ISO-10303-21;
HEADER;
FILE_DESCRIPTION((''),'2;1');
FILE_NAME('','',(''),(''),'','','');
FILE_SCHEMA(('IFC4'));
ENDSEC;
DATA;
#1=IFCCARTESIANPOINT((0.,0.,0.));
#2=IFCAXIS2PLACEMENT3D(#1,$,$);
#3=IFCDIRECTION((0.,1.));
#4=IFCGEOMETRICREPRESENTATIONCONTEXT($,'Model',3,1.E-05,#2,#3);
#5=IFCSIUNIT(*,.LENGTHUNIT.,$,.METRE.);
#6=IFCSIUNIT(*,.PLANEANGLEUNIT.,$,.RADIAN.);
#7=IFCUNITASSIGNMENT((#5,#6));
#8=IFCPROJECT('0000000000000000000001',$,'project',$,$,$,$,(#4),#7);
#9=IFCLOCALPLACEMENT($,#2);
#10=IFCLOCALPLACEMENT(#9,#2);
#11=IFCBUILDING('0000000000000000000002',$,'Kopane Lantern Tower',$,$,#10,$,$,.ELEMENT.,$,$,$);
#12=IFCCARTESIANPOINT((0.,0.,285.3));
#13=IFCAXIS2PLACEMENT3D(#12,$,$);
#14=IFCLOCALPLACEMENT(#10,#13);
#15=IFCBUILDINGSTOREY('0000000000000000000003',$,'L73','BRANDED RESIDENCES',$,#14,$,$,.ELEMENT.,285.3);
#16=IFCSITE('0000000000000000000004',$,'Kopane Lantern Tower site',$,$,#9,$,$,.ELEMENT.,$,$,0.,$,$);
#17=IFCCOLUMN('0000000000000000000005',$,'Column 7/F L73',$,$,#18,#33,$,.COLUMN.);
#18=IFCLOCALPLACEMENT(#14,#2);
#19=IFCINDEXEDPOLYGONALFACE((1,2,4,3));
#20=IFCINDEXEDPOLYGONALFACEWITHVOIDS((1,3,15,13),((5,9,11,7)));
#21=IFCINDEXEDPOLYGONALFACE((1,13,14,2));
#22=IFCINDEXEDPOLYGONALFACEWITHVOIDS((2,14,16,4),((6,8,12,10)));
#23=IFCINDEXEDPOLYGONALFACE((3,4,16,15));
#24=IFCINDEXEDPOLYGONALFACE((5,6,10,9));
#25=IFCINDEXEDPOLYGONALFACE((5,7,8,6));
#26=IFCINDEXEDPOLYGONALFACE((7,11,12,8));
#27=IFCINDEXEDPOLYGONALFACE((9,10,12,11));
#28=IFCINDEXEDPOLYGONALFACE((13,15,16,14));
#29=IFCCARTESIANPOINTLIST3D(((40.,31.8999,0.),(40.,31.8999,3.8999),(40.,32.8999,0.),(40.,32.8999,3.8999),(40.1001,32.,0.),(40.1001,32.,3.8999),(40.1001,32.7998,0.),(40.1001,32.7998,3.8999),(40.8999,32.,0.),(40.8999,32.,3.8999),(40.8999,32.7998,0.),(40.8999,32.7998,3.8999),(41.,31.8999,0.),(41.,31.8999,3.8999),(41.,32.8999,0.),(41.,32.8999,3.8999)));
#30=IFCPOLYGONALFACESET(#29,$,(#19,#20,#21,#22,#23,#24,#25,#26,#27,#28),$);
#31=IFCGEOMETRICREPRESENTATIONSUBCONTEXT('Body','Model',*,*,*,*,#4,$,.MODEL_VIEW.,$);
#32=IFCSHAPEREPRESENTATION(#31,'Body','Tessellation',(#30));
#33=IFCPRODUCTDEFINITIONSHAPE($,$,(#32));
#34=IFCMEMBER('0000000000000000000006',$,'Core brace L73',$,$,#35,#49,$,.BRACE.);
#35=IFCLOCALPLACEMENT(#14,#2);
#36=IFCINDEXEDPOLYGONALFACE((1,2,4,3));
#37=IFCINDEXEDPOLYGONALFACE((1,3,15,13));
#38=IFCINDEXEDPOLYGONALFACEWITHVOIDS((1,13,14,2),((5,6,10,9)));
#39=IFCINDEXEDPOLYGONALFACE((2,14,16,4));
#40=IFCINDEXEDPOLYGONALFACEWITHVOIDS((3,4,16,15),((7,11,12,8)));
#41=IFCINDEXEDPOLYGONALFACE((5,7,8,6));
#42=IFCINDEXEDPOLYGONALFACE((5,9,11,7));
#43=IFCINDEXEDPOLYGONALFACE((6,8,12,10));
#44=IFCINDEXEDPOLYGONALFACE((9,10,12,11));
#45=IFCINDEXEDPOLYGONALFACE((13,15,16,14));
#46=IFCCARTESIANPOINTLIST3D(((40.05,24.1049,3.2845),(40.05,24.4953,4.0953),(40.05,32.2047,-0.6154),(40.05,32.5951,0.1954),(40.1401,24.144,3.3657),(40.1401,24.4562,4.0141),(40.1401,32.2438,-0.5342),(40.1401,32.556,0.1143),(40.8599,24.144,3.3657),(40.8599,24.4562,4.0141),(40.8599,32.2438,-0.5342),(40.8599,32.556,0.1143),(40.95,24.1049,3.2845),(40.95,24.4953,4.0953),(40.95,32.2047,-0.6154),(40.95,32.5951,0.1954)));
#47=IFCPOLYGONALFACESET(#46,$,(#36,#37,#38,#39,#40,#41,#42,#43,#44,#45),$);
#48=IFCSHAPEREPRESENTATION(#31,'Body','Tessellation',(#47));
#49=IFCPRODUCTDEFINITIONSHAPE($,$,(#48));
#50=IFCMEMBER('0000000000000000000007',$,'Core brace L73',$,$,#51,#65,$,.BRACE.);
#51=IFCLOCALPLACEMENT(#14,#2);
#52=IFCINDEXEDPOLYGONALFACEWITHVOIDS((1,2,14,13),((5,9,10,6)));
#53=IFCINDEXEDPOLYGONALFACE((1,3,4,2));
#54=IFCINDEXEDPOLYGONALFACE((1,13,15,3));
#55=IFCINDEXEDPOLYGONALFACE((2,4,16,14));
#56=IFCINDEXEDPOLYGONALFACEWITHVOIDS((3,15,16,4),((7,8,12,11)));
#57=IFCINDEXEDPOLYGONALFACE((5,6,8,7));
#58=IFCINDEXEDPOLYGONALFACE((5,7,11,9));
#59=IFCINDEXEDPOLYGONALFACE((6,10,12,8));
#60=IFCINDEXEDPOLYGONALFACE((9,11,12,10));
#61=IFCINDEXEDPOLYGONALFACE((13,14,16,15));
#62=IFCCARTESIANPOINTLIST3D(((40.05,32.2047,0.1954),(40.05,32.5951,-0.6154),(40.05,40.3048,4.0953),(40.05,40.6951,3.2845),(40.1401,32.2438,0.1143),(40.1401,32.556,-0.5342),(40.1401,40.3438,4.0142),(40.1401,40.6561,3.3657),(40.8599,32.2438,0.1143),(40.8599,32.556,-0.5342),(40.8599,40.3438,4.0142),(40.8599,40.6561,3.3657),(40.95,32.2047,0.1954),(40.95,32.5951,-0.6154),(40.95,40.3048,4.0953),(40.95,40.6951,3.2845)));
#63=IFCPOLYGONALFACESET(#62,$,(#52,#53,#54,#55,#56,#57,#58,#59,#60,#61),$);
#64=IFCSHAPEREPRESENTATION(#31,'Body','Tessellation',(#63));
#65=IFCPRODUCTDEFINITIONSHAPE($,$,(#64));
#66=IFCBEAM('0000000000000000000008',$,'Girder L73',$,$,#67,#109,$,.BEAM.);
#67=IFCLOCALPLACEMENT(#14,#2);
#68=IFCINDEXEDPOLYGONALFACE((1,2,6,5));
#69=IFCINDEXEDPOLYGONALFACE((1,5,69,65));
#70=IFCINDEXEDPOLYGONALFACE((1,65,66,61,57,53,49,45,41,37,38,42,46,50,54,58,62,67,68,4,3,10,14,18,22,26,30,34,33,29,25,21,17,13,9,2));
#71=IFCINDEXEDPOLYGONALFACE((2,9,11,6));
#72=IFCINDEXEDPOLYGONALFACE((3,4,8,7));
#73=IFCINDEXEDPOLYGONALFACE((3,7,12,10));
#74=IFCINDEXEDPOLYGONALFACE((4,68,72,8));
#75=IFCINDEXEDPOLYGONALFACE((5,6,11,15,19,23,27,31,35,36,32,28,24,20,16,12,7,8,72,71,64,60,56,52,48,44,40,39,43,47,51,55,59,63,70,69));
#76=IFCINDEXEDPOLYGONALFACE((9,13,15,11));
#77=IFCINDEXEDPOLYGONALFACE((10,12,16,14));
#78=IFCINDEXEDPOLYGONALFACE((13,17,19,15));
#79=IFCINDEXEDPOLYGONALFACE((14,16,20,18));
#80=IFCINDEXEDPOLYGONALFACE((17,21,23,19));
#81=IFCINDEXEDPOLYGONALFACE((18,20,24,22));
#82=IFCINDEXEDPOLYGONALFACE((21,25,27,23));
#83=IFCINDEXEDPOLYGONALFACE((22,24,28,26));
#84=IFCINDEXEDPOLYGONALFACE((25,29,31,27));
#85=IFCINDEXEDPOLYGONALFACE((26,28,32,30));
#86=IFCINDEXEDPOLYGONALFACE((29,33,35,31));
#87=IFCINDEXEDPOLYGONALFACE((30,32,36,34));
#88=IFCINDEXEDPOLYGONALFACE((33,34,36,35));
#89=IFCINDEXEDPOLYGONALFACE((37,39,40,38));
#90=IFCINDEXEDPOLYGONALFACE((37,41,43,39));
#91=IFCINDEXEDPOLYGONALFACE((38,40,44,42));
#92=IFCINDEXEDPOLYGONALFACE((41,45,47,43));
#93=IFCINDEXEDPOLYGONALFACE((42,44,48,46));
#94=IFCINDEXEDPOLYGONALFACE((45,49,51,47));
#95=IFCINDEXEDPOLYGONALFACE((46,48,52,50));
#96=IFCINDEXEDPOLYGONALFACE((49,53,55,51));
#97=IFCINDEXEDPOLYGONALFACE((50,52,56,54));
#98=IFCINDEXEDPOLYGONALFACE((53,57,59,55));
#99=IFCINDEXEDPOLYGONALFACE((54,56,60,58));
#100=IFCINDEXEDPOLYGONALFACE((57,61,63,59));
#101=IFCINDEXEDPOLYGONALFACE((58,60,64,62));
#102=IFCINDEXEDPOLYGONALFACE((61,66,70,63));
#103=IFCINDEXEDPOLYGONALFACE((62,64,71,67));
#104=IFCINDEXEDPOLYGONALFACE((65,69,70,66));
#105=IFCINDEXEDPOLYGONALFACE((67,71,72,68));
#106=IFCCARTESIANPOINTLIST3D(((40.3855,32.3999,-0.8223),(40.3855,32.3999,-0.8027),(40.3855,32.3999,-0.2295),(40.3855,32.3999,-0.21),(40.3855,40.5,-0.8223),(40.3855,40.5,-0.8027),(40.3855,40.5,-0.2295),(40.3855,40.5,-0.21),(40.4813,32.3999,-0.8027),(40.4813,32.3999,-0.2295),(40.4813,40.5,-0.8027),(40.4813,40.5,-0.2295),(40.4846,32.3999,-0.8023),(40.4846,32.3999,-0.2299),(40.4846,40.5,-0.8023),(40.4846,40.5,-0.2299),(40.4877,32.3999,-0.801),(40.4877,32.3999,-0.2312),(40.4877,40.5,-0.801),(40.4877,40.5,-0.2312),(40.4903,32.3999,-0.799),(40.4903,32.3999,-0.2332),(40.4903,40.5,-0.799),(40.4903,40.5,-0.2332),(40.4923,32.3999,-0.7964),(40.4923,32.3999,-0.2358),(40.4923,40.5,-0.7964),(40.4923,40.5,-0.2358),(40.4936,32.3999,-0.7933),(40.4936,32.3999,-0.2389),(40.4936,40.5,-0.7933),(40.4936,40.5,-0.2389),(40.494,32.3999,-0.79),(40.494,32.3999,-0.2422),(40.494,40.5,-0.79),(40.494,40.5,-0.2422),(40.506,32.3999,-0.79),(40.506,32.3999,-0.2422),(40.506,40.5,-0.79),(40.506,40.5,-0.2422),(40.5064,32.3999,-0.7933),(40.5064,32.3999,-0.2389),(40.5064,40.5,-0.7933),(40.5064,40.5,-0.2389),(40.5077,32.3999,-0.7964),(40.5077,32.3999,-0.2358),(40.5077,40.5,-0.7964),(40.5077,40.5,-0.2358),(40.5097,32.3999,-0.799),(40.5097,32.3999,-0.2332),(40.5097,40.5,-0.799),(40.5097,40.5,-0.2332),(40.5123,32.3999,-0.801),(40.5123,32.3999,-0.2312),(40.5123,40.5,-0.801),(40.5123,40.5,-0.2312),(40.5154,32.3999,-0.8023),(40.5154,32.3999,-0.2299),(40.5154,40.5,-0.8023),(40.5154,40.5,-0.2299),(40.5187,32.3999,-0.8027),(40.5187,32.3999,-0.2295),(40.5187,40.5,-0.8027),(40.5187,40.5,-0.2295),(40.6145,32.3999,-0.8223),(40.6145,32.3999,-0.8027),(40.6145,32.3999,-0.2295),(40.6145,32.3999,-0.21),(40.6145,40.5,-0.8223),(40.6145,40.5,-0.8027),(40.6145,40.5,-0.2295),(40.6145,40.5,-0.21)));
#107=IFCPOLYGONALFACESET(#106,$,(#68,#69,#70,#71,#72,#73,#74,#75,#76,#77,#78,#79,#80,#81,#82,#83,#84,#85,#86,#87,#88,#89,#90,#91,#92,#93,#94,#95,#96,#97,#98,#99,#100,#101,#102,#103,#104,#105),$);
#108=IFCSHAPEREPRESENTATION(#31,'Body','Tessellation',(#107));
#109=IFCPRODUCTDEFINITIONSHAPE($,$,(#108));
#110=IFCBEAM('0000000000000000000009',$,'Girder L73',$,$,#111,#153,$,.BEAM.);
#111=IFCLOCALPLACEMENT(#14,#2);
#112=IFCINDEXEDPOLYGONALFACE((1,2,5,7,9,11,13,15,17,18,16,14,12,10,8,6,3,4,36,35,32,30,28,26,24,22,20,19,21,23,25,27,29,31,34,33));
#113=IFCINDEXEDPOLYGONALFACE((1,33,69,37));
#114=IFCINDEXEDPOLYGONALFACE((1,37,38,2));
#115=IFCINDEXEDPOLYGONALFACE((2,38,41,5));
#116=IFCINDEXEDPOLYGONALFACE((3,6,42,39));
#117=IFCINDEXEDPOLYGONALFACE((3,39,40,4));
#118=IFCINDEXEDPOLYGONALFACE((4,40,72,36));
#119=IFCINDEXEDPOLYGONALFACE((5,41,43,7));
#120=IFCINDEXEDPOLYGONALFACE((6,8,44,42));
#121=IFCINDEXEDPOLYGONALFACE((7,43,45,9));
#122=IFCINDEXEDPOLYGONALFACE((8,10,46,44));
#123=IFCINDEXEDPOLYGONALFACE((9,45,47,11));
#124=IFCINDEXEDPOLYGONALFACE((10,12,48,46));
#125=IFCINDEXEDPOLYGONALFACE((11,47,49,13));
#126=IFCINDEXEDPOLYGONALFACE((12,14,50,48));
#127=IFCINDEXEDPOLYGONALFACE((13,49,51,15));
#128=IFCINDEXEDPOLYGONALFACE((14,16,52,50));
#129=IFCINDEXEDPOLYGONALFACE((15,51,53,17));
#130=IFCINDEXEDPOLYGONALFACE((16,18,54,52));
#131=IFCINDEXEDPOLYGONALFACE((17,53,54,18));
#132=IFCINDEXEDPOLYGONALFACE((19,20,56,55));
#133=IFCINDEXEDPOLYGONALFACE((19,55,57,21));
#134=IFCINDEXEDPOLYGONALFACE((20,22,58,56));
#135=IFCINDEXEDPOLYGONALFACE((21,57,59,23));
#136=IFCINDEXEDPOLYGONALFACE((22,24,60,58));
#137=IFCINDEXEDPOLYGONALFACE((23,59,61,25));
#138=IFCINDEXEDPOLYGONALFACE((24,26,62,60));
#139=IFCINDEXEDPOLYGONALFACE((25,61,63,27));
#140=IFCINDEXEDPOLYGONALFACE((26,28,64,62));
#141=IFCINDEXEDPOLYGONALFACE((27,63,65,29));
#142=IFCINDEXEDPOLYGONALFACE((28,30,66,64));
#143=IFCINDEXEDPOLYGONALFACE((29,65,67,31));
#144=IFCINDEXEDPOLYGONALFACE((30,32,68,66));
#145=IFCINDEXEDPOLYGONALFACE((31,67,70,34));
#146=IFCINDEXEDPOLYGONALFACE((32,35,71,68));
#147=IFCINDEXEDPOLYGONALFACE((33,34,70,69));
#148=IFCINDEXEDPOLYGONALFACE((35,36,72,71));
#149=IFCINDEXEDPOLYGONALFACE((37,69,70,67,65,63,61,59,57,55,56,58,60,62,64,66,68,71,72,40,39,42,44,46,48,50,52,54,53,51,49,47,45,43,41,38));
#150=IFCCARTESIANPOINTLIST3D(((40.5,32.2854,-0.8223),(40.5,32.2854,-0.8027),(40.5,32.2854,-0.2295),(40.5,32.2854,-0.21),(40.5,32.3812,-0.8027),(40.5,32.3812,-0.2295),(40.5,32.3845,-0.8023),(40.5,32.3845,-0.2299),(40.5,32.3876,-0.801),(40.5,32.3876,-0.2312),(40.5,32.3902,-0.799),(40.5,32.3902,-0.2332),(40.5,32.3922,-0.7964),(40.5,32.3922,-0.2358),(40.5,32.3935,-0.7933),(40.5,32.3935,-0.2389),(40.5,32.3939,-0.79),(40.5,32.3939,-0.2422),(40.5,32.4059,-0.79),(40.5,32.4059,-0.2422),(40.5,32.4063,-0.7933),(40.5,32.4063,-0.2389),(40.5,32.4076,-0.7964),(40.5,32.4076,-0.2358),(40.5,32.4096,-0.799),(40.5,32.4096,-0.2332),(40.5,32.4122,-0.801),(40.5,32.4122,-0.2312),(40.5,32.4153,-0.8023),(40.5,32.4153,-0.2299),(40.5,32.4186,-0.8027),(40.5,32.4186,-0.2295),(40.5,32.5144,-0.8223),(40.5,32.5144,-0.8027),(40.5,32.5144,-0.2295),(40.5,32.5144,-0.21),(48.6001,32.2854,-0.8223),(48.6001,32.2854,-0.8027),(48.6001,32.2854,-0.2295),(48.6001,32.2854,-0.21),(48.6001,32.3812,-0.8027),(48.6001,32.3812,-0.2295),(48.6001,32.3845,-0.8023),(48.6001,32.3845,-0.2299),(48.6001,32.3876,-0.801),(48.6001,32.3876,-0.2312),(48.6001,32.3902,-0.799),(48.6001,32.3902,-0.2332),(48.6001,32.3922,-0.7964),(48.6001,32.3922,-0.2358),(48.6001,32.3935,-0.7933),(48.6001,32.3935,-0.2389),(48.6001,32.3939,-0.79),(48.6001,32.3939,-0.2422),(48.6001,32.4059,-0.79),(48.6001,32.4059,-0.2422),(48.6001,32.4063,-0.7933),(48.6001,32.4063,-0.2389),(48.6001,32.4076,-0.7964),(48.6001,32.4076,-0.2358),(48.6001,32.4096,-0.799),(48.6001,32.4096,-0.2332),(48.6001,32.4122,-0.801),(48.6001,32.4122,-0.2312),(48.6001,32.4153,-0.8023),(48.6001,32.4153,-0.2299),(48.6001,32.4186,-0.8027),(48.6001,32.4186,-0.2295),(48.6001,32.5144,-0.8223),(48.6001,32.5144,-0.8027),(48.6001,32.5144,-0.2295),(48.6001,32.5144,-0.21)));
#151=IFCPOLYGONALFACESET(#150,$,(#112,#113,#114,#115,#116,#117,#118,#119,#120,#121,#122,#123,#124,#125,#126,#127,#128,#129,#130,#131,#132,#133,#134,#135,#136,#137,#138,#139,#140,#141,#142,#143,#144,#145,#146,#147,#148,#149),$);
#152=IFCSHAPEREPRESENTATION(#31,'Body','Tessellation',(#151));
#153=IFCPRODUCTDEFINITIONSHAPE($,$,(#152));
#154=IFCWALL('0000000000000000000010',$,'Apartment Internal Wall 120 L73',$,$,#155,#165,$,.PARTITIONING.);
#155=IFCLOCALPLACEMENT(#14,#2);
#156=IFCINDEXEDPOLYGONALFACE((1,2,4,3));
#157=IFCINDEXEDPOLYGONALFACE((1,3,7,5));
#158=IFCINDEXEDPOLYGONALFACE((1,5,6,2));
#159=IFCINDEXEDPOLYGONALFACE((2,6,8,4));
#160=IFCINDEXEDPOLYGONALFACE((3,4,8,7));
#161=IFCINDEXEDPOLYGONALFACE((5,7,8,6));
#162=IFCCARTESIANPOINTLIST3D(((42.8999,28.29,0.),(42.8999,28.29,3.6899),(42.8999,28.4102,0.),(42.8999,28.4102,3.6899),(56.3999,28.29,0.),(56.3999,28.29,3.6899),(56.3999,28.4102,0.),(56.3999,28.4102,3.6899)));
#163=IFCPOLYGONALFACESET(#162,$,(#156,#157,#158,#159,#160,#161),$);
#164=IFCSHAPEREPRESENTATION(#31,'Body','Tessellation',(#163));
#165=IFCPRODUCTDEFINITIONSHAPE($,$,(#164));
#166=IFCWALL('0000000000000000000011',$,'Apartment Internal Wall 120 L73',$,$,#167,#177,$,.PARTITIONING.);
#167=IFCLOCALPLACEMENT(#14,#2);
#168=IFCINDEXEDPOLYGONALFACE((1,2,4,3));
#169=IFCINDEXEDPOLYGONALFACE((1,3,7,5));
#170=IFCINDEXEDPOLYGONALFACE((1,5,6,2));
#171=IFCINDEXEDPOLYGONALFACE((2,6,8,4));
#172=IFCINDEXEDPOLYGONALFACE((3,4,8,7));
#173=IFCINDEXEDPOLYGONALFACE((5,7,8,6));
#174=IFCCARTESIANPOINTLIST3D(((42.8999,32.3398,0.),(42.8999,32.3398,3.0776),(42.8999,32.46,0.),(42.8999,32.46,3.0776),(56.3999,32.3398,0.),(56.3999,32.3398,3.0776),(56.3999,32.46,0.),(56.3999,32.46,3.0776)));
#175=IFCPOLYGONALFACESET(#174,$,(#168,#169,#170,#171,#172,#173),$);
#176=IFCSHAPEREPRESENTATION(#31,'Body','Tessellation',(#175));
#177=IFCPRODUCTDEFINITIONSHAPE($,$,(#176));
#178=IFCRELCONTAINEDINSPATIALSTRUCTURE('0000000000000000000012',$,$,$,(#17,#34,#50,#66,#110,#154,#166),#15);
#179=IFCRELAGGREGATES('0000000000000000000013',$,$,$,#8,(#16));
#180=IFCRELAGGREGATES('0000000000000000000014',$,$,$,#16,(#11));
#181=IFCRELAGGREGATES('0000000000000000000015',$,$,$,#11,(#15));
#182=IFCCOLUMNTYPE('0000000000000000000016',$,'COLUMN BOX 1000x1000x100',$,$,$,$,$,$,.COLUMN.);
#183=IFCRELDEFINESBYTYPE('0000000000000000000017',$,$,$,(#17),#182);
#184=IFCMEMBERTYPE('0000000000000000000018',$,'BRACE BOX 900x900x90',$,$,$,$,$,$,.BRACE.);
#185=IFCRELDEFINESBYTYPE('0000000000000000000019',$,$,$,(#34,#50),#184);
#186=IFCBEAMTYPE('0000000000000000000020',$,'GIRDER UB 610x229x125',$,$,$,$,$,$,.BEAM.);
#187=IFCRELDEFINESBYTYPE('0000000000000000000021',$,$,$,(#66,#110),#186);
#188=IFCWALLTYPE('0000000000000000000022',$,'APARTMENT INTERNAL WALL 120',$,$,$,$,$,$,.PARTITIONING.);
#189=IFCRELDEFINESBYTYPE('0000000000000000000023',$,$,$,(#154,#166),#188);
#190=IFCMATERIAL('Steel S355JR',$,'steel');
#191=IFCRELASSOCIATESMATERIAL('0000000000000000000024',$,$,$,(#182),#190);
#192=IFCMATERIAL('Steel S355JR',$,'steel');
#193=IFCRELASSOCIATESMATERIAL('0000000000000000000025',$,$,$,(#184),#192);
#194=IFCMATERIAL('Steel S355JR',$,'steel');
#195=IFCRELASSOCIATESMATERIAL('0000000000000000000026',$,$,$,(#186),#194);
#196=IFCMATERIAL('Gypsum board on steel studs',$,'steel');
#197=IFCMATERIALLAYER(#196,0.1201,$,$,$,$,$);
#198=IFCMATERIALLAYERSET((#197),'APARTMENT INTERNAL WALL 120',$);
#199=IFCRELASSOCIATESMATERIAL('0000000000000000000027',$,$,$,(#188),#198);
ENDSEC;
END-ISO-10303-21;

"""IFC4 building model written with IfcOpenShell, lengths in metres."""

from ifc_helpers import new_model, si_unit, direction, frame, frame_2d, origin, origin_2d, place, context, subcontext, project, spatial, rectangle, hollow_rectangle, i_section, extrude, material, layer, layer_set, material_profile, profile_set, type_object, element, save


model = new_model("IFC4")

# Units and contexts
model_context = context("Model", 3, precision=1e-05, world=origin(), true_north=direction((0.0, 1.0)))
body_context = subcontext(model_context, "Body", "Model", "MODEL_VIEW")
ifc_project = project(units=[si_unit("LENGTHUNIT", "METRE"), si_unit("PLANEANGLEUNIT", "RADIAN")], contexts=[model_context])

# Site, building, storey
site_placement = place(None, origin())
site = spatial("IfcSite", under=ifc_project, at=site_placement, Name="Kopane Lantern Tower site", CompositionType="ELEMENT", RefElevation=0.0)
building_placement = place(site_placement, origin())
building = spatial("IfcBuilding", under=site, at=building_placement, Name="Kopane Lantern Tower", CompositionType="ELEMENT")
storey_placement = place(building_placement, frame((0.0, 0.0, 285.3)))
storey = spatial("IfcBuildingStorey", under=building, at=storey_placement, Name="L73", Description="BRANDED RESIDENCES", CompositionType="ELEMENT", Elevation=285.3)

# Column
ifc_material_1 = material(Name="Steel S355JR", Category="steel")
ifc_material_profile_1 = material_profile(ifc_material_1, hollow_rectangle(XDim=1.0, YDim=1.0, WallThickness=0.1001, at=origin_2d()), Name="BOX 1000x1000x100")
ifc_profile_set_1 = profile_set([ifc_material_profile_1], Name="Steel S355JR")
column_type = type_object("IfcColumnType", Name="COLUMN BOX 1000x1000x100", PredefinedType="COLUMN", material=ifc_profile_set_1)
column_placement = place(storey_placement, frame((40.5, 32.3999, 0.0), z_axis=(0.0, 0.0, 1.0), x_axis=(1.0, 0.0, 0.0)))
element("IfcColumn", 1, at=column_placement, inside=storey, type_object=column_type, Name="Column 7/F L73", PredefinedType="COLUMN", context=body_context, shape_type="SweptSolid", body=[
    extrude(hollow_rectangle(XDim=1.0, YDim=1.0, WallThickness=0.1001, at=origin_2d()), origin(), (0.0, 0.0, 1.0), 3.8999),
])

# Members
ifc_material_2 = material(Name="Steel S355JR", Category="steel")
ifc_material_profile_2 = material_profile(ifc_material_2, hollow_rectangle(XDim=0.8999, YDim=0.8999, WallThickness=0.0901, at=origin_2d()), Name="BOX 900x900x90")
ifc_profile_set_2 = profile_set([ifc_material_profile_2], Name="Steel S355JR")
member_type = type_object("IfcMemberType", Name="BRACE BOX 900x900x90", PredefinedType="BRACE", material=ifc_profile_set_2)
member_1_placement = place(storey_placement, frame((40.5, 32.3999, -0.21), z_axis=(0.0, -0.901003, 0.433813), x_axis=(1.0, 0.0, 0.0)))
element("IfcMember", 2, at=member_1_placement, inside=storey, type_object=member_type, Name="Core brace L73", PredefinedType="BRACE", context=body_context, shape_type="SweptSolid", body=[
    extrude(hollow_rectangle(XDim=0.8999, YDim=0.8999, WallThickness=0.0901, at=origin_2d()), origin(), (0.0, 0.0, 1.0), 8.9897),
])
member_2_placement = place(storey_placement, frame((40.5, 32.3999, -0.21), z_axis=(0.0, 0.901008, 0.433803), x_axis=(-1.0, 0.0, 0.0)))
element("IfcMember", 3, at=member_2_placement, inside=storey, type_object=member_type, Name="Core brace L73", PredefinedType="BRACE", context=body_context, shape_type="SweptSolid", body=[
    extrude(hollow_rectangle(XDim=0.8999, YDim=0.8999, WallThickness=0.0901, at=origin_2d()), origin(), (0.0, 0.0, 1.0), 8.99),
])

# Beams
ifc_material_3 = material(Name="Steel S355JR", Category="steel")
ifc_material_profile_3 = material_profile(ifc_material_3, i_section(OverallWidth=0.229, OverallDepth=0.6123, WebThickness=0.012, FlangeThickness=0.0195, FilletRadius=0.0127, at=origin_2d()), Name="UB 610x229x125")
ifc_profile_set_3 = profile_set([ifc_material_profile_3], Name="Steel S355JR")
beam_type = type_object("IfcBeamType", Name="GIRDER UB 610x229x125", PredefinedType="BEAM", material=ifc_profile_set_3)
for number, where, z_axis, x_axis, name in (
    (4, (40.5, 32.3999, -0.5161), (0.0, 1.0, 0.0), (-1.0, 0.0, 0.0), "Girder L73"),
    (5, (40.5, 32.3999, -0.5161), (1.0, 0.0, 0.0), (0.0, 1.0, 0.0), "Girder L73"),
):
    element("IfcBeam", number, at=place(storey_placement, frame(where, z_axis=z_axis, x_axis=x_axis)), inside=storey, type_object=beam_type, Name=name, PredefinedType="BEAM", context=body_context, shape_type="SweptSolid", body=[
        extrude(i_section(OverallWidth=0.229, OverallDepth=0.6123, WebThickness=0.012, FlangeThickness=0.0195, FilletRadius=0.0127, at=origin_2d()), origin(), (0.0, 0.0, 1.0), 8.1001),
    ])

# Walls
ifc_material_4 = material(Name="Gypsum board on steel studs", Category="steel")
ifc_layer_1 = layer(ifc_material_4, 0.1201)
ifc_layer_set_1 = layer_set([ifc_layer_1], Name="APARTMENT INTERNAL WALL 120")
wall_type_1 = type_object("IfcWallType", Name="APARTMENT INTERNAL WALL 120", PredefinedType="PARTITIONING", material=ifc_layer_set_1)
wall_1_placement = place(storey_placement, frame((42.8999, 28.3501, 0.0), z_axis=(0.0, 0.0, 1.0), x_axis=(1.0, 0.0, 0.0)))
element("IfcWall", 6, at=wall_1_placement, inside=storey, type_object=wall_type_1, Name="Apartment Internal Wall 120 L73", PredefinedType="PARTITIONING", context=body_context, shape_type="SweptSolid", body=[
    extrude(rectangle(XDim=13.5, YDim=0.1201, at=frame_2d((6.75, 0.0))), origin(), (0.0, 0.0, 1.0), 3.6899),
])
wall_2_placement = place(storey_placement, frame((42.8999, 32.3999, 0.0), z_axis=(0.0, 0.0, 1.0), x_axis=(1.0, 0.0, 0.0)))
element("IfcWall", 7, at=wall_2_placement, inside=storey, type_object=wall_type_1, Name="Apartment Internal Wall 120 L73", PredefinedType="PARTITIONING", context=body_context, shape_type="SweptSolid", body=[
    extrude(rectangle(XDim=13.5, YDim=0.1201, at=frame_2d((6.75, 0.0))), origin(), (0.0, 0.0, 1.0), 3.0776),
])

save(model, "model.ifc")
